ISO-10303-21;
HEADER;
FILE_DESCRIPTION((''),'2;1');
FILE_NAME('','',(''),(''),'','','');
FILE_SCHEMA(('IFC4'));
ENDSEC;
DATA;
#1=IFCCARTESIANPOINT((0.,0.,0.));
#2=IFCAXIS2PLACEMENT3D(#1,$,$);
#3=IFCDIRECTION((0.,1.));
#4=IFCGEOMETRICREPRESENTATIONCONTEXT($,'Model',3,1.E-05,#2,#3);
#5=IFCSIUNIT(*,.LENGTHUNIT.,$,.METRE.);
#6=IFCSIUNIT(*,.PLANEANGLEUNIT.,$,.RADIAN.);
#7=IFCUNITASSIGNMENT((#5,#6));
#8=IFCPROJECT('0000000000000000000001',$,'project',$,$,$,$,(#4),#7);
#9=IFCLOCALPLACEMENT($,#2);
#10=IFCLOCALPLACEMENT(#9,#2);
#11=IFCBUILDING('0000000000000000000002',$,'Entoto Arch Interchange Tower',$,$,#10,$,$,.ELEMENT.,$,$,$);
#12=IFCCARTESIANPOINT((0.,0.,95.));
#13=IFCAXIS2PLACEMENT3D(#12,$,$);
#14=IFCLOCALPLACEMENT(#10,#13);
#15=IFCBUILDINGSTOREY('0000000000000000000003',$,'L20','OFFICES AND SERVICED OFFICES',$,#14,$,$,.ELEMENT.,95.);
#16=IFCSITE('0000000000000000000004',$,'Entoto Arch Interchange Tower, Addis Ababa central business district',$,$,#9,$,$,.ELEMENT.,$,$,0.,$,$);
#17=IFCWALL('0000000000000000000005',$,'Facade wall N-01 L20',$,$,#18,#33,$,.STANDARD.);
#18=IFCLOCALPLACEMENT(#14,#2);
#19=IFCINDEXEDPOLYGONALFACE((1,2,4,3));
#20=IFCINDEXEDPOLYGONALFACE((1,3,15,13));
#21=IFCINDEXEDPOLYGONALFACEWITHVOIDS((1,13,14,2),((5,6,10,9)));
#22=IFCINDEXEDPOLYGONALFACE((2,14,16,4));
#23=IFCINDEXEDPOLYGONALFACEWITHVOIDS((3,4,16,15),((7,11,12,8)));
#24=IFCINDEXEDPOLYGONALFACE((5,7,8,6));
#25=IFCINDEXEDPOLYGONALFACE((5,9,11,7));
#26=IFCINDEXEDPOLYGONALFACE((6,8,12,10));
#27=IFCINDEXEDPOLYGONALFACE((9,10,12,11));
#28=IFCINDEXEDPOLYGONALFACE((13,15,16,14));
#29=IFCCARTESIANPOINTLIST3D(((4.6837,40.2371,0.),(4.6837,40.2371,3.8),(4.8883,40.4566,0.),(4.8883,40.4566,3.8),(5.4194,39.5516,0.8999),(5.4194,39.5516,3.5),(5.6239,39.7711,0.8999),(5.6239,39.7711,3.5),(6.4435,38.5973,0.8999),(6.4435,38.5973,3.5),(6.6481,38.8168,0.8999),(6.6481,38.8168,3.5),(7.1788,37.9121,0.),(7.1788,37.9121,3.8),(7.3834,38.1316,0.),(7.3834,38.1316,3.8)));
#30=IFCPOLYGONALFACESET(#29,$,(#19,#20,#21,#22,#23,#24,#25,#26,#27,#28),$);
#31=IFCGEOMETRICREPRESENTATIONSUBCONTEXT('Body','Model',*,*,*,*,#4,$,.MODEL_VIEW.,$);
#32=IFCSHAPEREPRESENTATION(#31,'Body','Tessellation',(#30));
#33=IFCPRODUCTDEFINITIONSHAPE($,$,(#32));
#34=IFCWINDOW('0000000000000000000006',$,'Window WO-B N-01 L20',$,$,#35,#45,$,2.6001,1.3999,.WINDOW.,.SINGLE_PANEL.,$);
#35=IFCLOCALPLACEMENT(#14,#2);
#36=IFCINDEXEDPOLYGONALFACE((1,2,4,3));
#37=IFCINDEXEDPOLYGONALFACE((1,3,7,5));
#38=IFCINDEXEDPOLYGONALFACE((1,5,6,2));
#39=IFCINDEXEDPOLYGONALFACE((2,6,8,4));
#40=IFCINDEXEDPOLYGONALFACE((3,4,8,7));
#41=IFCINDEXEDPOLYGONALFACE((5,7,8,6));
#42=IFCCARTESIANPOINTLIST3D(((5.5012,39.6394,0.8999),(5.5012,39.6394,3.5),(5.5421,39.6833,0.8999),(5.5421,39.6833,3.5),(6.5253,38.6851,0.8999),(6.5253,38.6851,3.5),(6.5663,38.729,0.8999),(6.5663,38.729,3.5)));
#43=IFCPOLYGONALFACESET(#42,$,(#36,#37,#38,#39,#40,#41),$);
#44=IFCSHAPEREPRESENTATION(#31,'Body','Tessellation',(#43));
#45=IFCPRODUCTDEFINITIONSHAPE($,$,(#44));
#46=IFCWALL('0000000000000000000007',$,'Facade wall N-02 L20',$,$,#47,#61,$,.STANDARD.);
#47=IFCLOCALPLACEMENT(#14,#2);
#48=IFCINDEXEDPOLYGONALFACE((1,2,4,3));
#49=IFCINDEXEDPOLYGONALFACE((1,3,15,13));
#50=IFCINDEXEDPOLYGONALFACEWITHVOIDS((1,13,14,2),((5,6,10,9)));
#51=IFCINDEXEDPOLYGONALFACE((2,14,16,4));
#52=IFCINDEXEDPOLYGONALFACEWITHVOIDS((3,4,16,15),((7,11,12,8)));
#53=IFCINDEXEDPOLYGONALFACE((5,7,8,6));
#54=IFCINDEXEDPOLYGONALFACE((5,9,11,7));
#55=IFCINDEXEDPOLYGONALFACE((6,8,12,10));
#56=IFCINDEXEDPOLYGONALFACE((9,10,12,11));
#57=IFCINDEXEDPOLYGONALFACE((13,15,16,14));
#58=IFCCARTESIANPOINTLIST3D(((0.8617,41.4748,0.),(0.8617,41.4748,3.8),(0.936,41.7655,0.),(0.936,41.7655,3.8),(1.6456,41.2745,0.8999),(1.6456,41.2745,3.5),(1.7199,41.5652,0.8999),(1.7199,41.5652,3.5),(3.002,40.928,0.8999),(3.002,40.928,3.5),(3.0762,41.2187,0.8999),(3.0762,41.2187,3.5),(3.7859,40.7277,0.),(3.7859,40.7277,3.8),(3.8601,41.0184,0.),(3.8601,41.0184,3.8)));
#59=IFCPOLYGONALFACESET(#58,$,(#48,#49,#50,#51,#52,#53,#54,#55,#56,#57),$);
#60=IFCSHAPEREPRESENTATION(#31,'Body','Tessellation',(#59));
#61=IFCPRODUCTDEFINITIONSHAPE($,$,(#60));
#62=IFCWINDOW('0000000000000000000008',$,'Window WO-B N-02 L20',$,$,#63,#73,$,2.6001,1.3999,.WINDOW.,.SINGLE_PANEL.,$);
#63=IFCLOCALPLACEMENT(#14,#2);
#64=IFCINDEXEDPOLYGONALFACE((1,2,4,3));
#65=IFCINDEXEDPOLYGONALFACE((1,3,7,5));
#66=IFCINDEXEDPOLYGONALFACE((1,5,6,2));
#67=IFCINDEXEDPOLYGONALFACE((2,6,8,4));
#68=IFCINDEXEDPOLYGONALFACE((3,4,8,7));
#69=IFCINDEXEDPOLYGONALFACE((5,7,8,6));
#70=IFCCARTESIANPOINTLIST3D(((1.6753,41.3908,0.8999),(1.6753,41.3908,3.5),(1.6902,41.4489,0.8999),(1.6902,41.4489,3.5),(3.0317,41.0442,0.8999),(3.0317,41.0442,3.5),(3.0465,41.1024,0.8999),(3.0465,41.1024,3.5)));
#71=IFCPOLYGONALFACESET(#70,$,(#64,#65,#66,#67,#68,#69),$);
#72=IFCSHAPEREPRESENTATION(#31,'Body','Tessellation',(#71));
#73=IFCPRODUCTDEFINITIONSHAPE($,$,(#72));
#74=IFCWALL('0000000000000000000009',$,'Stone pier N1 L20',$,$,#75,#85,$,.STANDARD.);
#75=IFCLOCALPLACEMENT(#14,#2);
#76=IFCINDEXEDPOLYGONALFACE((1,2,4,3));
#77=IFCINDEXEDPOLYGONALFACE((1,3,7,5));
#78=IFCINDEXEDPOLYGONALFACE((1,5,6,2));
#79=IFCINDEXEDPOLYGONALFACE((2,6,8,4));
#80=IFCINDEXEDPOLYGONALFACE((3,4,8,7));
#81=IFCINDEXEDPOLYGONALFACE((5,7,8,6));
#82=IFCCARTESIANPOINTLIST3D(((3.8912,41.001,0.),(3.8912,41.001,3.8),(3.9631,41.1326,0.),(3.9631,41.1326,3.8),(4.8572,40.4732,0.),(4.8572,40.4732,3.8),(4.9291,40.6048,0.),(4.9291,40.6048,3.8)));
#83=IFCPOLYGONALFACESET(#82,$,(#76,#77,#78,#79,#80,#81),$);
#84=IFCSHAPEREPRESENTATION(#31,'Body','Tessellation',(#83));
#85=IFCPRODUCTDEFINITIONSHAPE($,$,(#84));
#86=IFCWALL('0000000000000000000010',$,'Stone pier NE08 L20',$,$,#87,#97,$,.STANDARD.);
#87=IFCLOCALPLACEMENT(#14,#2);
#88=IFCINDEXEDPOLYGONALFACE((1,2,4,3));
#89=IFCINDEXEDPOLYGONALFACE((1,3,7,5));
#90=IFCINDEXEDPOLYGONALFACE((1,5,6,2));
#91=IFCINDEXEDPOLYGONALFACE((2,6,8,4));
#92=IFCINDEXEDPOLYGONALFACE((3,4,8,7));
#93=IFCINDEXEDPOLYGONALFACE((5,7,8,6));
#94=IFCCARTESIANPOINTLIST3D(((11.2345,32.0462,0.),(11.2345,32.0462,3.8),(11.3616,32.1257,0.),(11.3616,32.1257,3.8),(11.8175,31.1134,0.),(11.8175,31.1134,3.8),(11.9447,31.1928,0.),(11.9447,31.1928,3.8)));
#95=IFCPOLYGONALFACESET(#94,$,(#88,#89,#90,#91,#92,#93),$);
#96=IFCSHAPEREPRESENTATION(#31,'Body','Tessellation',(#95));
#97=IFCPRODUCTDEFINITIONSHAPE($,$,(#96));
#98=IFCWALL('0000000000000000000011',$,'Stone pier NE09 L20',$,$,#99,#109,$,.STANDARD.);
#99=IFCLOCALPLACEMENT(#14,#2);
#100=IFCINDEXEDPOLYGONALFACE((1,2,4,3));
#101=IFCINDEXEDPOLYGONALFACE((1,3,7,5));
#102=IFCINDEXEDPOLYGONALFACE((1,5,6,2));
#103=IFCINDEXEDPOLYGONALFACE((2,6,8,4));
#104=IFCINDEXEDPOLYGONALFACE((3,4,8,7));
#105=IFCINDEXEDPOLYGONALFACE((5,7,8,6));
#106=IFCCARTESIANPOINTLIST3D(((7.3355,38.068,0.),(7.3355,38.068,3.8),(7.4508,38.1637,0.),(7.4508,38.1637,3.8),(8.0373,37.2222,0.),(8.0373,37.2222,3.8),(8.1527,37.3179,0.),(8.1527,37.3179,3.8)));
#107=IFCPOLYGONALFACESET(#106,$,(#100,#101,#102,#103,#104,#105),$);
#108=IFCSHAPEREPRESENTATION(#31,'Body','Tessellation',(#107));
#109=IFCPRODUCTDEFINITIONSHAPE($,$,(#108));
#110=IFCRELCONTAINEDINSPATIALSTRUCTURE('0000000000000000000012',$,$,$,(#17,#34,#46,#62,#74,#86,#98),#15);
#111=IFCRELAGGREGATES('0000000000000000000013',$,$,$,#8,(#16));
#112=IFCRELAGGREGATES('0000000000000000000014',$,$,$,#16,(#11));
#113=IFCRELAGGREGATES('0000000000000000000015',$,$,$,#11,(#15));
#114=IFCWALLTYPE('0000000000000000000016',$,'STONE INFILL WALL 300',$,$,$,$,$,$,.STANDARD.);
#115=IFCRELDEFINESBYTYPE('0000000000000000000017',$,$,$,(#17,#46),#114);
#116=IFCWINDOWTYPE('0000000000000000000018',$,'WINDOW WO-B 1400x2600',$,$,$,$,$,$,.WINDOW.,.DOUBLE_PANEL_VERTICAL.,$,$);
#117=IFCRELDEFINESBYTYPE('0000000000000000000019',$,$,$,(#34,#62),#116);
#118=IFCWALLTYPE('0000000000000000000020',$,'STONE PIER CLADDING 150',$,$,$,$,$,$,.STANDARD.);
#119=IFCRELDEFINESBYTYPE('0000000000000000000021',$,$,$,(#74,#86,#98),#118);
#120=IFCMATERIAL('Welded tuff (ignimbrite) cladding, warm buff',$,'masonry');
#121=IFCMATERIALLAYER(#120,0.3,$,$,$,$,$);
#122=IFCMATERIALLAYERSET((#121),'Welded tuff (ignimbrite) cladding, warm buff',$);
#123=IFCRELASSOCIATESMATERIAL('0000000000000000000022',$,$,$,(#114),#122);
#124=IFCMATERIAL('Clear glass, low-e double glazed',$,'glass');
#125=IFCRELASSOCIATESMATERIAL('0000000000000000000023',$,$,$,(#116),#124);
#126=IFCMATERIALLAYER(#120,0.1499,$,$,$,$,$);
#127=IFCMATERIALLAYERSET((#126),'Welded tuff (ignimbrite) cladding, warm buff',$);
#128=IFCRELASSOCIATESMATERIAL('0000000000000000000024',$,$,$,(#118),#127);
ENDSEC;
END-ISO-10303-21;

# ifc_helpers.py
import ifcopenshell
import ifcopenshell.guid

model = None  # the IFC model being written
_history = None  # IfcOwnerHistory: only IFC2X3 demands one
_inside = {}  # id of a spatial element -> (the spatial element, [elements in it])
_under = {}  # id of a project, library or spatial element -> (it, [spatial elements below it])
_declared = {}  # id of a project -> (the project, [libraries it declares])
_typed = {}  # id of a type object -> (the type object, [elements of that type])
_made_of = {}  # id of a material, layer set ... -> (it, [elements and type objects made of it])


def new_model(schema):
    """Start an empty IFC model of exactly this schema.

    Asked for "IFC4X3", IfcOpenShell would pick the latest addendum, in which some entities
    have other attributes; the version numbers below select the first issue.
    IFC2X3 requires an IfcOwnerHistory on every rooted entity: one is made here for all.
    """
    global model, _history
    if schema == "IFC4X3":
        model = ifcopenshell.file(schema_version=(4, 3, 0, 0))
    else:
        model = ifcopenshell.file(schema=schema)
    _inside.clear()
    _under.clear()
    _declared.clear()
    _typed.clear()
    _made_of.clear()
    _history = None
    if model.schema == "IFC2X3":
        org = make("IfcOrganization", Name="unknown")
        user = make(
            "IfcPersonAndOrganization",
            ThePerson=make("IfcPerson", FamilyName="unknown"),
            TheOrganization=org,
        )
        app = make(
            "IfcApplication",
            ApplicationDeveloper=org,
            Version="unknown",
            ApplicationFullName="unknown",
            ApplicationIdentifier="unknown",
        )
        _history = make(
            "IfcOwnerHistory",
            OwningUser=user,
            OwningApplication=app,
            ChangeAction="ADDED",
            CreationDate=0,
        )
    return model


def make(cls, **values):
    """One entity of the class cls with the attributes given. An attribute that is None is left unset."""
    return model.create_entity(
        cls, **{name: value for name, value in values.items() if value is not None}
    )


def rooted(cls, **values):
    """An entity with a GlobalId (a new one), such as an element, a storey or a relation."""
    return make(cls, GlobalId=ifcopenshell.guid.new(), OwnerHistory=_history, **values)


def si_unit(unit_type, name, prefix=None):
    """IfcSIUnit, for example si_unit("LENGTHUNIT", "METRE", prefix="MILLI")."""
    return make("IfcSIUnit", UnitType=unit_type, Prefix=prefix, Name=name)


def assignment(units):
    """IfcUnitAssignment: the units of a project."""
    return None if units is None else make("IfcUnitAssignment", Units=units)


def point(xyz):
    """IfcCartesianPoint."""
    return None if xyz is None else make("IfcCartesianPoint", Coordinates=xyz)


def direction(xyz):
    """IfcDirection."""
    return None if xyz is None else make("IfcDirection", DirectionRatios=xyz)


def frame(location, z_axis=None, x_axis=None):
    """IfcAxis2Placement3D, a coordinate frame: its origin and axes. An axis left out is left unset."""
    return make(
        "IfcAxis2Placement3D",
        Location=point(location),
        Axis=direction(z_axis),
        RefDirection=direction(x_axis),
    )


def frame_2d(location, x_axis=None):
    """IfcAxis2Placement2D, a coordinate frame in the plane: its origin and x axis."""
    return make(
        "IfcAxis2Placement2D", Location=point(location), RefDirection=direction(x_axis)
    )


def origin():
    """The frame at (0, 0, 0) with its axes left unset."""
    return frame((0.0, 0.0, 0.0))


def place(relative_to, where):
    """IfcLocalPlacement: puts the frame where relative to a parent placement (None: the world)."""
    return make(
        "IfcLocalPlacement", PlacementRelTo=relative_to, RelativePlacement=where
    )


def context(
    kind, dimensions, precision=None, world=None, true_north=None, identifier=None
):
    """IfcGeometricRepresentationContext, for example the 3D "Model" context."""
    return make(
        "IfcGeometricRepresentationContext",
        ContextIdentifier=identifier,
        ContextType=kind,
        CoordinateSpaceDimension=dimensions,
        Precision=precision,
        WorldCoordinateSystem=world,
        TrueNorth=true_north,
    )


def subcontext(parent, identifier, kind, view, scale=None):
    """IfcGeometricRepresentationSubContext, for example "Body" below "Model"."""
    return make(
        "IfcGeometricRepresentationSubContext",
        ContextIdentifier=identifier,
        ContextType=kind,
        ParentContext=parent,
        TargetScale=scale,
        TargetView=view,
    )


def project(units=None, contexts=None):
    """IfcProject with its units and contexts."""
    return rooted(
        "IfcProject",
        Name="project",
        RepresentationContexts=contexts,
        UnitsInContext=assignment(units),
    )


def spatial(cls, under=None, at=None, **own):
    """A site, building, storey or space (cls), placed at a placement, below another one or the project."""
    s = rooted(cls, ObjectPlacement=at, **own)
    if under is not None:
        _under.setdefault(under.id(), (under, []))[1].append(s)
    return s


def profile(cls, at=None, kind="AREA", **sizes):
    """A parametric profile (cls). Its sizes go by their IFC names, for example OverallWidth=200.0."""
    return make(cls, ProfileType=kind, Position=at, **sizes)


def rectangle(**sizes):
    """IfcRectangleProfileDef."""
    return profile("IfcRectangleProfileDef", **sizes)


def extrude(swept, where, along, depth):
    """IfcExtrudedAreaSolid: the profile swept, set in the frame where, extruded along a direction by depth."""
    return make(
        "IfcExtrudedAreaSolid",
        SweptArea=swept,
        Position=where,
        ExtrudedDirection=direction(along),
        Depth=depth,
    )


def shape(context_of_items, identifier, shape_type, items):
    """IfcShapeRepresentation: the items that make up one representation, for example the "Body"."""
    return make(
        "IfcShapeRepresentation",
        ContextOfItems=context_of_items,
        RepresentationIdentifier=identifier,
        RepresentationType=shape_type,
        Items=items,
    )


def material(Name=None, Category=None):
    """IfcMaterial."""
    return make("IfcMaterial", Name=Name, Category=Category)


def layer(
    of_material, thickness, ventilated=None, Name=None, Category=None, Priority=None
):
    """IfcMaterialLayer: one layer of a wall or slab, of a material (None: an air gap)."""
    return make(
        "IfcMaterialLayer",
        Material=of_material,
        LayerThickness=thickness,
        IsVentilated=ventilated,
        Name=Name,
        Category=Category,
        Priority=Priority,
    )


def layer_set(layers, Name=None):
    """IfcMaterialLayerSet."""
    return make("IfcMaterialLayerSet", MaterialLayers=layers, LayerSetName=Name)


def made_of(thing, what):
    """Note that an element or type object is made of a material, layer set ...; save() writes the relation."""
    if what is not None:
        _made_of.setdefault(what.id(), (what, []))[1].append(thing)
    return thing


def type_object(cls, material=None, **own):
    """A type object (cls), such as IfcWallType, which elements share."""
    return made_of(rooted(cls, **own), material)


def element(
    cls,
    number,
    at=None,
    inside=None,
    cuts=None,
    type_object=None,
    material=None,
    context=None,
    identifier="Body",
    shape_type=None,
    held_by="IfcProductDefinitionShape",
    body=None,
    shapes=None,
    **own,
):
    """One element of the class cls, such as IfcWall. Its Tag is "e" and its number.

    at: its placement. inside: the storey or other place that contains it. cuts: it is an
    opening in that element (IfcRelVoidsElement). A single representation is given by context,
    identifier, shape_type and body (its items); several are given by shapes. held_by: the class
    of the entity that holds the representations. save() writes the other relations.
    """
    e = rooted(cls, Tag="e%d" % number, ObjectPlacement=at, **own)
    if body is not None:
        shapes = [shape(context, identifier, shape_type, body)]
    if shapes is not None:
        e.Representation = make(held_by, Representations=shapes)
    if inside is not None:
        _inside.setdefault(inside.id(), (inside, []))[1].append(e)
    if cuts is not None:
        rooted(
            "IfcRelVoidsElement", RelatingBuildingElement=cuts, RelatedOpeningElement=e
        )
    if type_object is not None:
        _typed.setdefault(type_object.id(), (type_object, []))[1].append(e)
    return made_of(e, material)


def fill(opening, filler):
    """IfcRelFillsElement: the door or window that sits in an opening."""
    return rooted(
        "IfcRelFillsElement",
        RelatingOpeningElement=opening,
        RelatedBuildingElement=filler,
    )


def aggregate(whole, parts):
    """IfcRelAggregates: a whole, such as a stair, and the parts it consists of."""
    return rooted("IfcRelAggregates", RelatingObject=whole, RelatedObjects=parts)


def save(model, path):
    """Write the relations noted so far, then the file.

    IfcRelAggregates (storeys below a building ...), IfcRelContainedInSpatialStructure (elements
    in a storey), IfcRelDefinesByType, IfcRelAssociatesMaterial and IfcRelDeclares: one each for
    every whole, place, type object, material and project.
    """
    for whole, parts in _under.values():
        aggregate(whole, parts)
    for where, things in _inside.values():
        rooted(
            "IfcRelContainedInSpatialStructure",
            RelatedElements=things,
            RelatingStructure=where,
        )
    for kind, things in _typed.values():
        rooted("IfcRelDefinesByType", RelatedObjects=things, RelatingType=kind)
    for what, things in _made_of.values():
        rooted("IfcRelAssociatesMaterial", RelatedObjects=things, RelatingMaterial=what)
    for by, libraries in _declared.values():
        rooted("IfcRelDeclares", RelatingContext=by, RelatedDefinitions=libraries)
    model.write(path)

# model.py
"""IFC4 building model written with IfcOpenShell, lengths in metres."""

from ifc_helpers import new_model, si_unit, direction, frame, frame_2d, origin, place, context, subcontext, project, spatial, rectangle, extrude, material, layer, layer_set, type_object, element, fill, save


model = new_model("IFC4")

# Units and contexts
model_context = context("Model", 3, precision=1e-05, world=origin(), true_north=direction((0.0, 1.0)))
body_context = subcontext(model_context, "Body", "Model", "MODEL_VIEW")
ifc_project = project(units=[si_unit("LENGTHUNIT", "METRE"), si_unit("PLANEANGLEUNIT", "RADIAN")], contexts=[model_context])

# Site, building, storey
site_placement = place(None, origin())
site = spatial("IfcSite", under=ifc_project, at=site_placement, Name="Entoto Arch Interchange Tower, Addis Ababa central business district", CompositionType="ELEMENT", RefElevation=0.0)
building_placement = place(site_placement, origin())
building = spatial("IfcBuilding", under=site, at=building_placement, Name="Entoto Arch Interchange Tower", CompositionType="ELEMENT")
storey_placement = place(building_placement, frame((0.0, 0.0, 95.0)))
storey = spatial("IfcBuildingStorey", under=building, at=storey_placement, Name="L20", Description="OFFICES AND SERVICED OFFICES", CompositionType="ELEMENT", Elevation=95.0)

# Shared definitions
ifc_material_1 = material(Name="Welded tuff (ignimbrite) cladding, warm buff", Category="masonry")
ifc_layer_1 = layer(ifc_material_1, 0.3)
ifc_layer_set_1 = layer_set([ifc_layer_1], Name="Welded tuff (ignimbrite) cladding, warm buff")
wall_type_1 = type_object("IfcWallType", Name="STONE INFILL WALL 300", PredefinedType="STANDARD", material=ifc_layer_set_1)
ifc_material_2 = material(Name="Clear glass, low-e double glazed", Category="glass")

# Walls, openings, windows
wall_1_placement = place(storey_placement, frame((7.281, 38.022, 0.0), z_axis=(0.0, 0.0, 1.0), x_axis=(-0.731614, 0.681719, 0.0)))
wall_1 = element("IfcWall", 1, at=wall_1_placement, inside=storey, type_object=wall_type_1, Name="Facade wall N-01 L20", PredefinedType="STANDARD", context=body_context, shape_type="SweptSolid", body=[
    extrude(rectangle(XDim=3.4104, YDim=0.3, at=frame_2d((1.7051, 0.0))), origin(), (0.0, 0.0, 1.0), 3.8),
])
opening_1_placement = place(wall_1_placement, frame((1.0049, 0.0, 0.8999)))
opening_1 = element("IfcOpeningElement", 2, at=opening_1_placement, cuts=wall_1, PredefinedType="OPENING", context=body_context, shape_type="SweptSolid", body=[
    extrude(rectangle(XDim=1.3999, YDim=2.6001, at=frame_2d((0.7, 1.3))), frame((0.0, 0.1602, 0.0), z_axis=(0.0, -1.0, 0.0), x_axis=(1.0, 0.0, 0.0)), (0.0, 0.0, 1.0), 0.3201),
])
window_type_1 = type_object("IfcWindowType", Name="WINDOW WO-B 1400x2600", PartitioningType="DOUBLE_PANEL_VERTICAL", PredefinedType="WINDOW", material=ifc_material_2)
window_1_placement = place(opening_1_placement, origin())
window_1 = element("IfcWindow", 3, at=window_1_placement, inside=storey, type_object=window_type_1, Name="Window WO-B N-01 L20", OverallHeight=2.6001, OverallWidth=1.3999, PartitioningType="SINGLE_PANEL", PredefinedType="WINDOW", context=body_context, shape_type="SweptSolid", body=[
    extrude(rectangle(XDim=1.3999, YDim=2.6001, at=frame_2d((0.7, 1.3))), frame((0.0, 0.03, 0.0), z_axis=(0.0, -1.0, 0.0), x_axis=(1.0, 0.0, 0.0)), (0.0, 0.0, 1.0), 0.0601),
])
fill(opening_1, window_1)
wall_2_placement = place(storey_placement, frame((3.823, 40.873, 0.0), z_axis=(0.0, 0.0, 1.0), x_axis=(-0.968878, 0.247538, 0.0)))
wall_2 = element("IfcWall", 4, at=wall_2_placement, inside=storey, type_object=wall_type_1, Name="Facade wall N-02 L20", PredefinedType="STANDARD", context=body_context, shape_type="SweptSolid", body=[
    extrude(rectangle(XDim=3.0181, YDim=0.3, at=frame_2d((1.509, 0.0))), origin(), (0.0, 0.0, 1.0), 3.8),
])
opening_2_placement = place(wall_2_placement, frame((0.8091, 0.0, 0.8999)))
opening_2 = element("IfcOpeningElement", 5, at=opening_2_placement, cuts=wall_2, PredefinedType="OPENING", context=body_context, shape_type="SweptSolid", body=[
    extrude(rectangle(XDim=1.3999, YDim=2.6001, at=frame_2d((0.7, 1.3))), frame((0.0, 0.1602, 0.0), z_axis=(0.0, -1.0, 0.0), x_axis=(1.0, 0.0, 0.0)), (0.0, 0.0, 1.0), 0.3201),
])
window_2_placement = place(opening_2_placement, origin())
window_2 = element("IfcWindow", 6, at=window_2_placement, inside=storey, type_object=window_type_1, Name="Window WO-B N-02 L20", OverallHeight=2.6001, OverallWidth=1.3999, PartitioningType="SINGLE_PANEL", PredefinedType="WINDOW", context=body_context, shape_type="SweptSolid", body=[
    extrude(rectangle(XDim=1.3999, YDim=2.6001, at=frame_2d((0.7, 1.3))), frame((0.0, 0.03, 0.0), z_axis=(0.0, -1.0, 0.0), x_axis=(1.0, 0.0, 0.0)), (0.0, 0.0, 1.0), 0.0601),
])
fill(opening_2, window_2)

# Walls
ifc_layer_2 = layer(ifc_material_1, 0.1499)
ifc_layer_set_2 = layer_set([ifc_layer_2], Name="Welded tuff (ignimbrite) cladding, warm buff")
wall_type_2 = type_object("IfcWallType", Name="STONE PIER CLADDING 150", PredefinedType="STANDARD", material=ifc_layer_set_2)
wall_3_placement = place(storey_placement, frame((4.8931, 40.5391, 0.0), z_axis=(0.0, 0.0, 1.0), x_axis=(-0.877556, 0.479474, 0.0)))
element("IfcWall", 7, at=wall_3_placement, inside=storey, type_object=wall_type_2, Name="Stone pier N1 L20", PredefinedType="STANDARD", context=body_context, shape_type="SweptSolid", body=[
    extrude(rectangle(XDim=1.1008, YDim=0.1499, at=frame_2d((0.5503, 0.0))), origin(), (0.0, 0.0, 1.0), 3.8),
])
wall_4_placement = place(storey_placement, frame((11.8811, 31.1531, 0.0), z_axis=(0.0, 0.0, 1.0), x_axis=(-0.529979, 0.848011, 0.0)))
element("IfcWall", 8, at=wall_4_placement, inside=storey, type_object=wall_type_2, Name="Stone pier NE08 L20", PredefinedType="STANDARD", context=body_context, shape_type="SweptSolid", body=[
    extrude(rectangle(XDim=1.1001, YDim=0.1499, at=frame_2d((0.55, 0.0))), origin(), (0.0, 0.0, 1.0), 3.8),
])
wall_5_placement = place(storey_placement, frame((8.095, 37.27, 0.0), z_axis=(0.0, 0.0, 1.0), x_axis=(-0.638544, 0.769585, 0.0)))
element("IfcWall", 9, at=wall_5_placement, inside=storey, type_object=wall_type_2, Name="Stone pier NE09 L20", PredefinedType="STANDARD", context=body_context, shape_type="SweptSolid", body=[
    extrude(rectangle(XDim=1.0991, YDim=0.1499, at=frame_2d((0.5496, 0.0))), origin(), (0.0, 0.0, 1.0), 3.8),
])

save(model, "model.ifc")
